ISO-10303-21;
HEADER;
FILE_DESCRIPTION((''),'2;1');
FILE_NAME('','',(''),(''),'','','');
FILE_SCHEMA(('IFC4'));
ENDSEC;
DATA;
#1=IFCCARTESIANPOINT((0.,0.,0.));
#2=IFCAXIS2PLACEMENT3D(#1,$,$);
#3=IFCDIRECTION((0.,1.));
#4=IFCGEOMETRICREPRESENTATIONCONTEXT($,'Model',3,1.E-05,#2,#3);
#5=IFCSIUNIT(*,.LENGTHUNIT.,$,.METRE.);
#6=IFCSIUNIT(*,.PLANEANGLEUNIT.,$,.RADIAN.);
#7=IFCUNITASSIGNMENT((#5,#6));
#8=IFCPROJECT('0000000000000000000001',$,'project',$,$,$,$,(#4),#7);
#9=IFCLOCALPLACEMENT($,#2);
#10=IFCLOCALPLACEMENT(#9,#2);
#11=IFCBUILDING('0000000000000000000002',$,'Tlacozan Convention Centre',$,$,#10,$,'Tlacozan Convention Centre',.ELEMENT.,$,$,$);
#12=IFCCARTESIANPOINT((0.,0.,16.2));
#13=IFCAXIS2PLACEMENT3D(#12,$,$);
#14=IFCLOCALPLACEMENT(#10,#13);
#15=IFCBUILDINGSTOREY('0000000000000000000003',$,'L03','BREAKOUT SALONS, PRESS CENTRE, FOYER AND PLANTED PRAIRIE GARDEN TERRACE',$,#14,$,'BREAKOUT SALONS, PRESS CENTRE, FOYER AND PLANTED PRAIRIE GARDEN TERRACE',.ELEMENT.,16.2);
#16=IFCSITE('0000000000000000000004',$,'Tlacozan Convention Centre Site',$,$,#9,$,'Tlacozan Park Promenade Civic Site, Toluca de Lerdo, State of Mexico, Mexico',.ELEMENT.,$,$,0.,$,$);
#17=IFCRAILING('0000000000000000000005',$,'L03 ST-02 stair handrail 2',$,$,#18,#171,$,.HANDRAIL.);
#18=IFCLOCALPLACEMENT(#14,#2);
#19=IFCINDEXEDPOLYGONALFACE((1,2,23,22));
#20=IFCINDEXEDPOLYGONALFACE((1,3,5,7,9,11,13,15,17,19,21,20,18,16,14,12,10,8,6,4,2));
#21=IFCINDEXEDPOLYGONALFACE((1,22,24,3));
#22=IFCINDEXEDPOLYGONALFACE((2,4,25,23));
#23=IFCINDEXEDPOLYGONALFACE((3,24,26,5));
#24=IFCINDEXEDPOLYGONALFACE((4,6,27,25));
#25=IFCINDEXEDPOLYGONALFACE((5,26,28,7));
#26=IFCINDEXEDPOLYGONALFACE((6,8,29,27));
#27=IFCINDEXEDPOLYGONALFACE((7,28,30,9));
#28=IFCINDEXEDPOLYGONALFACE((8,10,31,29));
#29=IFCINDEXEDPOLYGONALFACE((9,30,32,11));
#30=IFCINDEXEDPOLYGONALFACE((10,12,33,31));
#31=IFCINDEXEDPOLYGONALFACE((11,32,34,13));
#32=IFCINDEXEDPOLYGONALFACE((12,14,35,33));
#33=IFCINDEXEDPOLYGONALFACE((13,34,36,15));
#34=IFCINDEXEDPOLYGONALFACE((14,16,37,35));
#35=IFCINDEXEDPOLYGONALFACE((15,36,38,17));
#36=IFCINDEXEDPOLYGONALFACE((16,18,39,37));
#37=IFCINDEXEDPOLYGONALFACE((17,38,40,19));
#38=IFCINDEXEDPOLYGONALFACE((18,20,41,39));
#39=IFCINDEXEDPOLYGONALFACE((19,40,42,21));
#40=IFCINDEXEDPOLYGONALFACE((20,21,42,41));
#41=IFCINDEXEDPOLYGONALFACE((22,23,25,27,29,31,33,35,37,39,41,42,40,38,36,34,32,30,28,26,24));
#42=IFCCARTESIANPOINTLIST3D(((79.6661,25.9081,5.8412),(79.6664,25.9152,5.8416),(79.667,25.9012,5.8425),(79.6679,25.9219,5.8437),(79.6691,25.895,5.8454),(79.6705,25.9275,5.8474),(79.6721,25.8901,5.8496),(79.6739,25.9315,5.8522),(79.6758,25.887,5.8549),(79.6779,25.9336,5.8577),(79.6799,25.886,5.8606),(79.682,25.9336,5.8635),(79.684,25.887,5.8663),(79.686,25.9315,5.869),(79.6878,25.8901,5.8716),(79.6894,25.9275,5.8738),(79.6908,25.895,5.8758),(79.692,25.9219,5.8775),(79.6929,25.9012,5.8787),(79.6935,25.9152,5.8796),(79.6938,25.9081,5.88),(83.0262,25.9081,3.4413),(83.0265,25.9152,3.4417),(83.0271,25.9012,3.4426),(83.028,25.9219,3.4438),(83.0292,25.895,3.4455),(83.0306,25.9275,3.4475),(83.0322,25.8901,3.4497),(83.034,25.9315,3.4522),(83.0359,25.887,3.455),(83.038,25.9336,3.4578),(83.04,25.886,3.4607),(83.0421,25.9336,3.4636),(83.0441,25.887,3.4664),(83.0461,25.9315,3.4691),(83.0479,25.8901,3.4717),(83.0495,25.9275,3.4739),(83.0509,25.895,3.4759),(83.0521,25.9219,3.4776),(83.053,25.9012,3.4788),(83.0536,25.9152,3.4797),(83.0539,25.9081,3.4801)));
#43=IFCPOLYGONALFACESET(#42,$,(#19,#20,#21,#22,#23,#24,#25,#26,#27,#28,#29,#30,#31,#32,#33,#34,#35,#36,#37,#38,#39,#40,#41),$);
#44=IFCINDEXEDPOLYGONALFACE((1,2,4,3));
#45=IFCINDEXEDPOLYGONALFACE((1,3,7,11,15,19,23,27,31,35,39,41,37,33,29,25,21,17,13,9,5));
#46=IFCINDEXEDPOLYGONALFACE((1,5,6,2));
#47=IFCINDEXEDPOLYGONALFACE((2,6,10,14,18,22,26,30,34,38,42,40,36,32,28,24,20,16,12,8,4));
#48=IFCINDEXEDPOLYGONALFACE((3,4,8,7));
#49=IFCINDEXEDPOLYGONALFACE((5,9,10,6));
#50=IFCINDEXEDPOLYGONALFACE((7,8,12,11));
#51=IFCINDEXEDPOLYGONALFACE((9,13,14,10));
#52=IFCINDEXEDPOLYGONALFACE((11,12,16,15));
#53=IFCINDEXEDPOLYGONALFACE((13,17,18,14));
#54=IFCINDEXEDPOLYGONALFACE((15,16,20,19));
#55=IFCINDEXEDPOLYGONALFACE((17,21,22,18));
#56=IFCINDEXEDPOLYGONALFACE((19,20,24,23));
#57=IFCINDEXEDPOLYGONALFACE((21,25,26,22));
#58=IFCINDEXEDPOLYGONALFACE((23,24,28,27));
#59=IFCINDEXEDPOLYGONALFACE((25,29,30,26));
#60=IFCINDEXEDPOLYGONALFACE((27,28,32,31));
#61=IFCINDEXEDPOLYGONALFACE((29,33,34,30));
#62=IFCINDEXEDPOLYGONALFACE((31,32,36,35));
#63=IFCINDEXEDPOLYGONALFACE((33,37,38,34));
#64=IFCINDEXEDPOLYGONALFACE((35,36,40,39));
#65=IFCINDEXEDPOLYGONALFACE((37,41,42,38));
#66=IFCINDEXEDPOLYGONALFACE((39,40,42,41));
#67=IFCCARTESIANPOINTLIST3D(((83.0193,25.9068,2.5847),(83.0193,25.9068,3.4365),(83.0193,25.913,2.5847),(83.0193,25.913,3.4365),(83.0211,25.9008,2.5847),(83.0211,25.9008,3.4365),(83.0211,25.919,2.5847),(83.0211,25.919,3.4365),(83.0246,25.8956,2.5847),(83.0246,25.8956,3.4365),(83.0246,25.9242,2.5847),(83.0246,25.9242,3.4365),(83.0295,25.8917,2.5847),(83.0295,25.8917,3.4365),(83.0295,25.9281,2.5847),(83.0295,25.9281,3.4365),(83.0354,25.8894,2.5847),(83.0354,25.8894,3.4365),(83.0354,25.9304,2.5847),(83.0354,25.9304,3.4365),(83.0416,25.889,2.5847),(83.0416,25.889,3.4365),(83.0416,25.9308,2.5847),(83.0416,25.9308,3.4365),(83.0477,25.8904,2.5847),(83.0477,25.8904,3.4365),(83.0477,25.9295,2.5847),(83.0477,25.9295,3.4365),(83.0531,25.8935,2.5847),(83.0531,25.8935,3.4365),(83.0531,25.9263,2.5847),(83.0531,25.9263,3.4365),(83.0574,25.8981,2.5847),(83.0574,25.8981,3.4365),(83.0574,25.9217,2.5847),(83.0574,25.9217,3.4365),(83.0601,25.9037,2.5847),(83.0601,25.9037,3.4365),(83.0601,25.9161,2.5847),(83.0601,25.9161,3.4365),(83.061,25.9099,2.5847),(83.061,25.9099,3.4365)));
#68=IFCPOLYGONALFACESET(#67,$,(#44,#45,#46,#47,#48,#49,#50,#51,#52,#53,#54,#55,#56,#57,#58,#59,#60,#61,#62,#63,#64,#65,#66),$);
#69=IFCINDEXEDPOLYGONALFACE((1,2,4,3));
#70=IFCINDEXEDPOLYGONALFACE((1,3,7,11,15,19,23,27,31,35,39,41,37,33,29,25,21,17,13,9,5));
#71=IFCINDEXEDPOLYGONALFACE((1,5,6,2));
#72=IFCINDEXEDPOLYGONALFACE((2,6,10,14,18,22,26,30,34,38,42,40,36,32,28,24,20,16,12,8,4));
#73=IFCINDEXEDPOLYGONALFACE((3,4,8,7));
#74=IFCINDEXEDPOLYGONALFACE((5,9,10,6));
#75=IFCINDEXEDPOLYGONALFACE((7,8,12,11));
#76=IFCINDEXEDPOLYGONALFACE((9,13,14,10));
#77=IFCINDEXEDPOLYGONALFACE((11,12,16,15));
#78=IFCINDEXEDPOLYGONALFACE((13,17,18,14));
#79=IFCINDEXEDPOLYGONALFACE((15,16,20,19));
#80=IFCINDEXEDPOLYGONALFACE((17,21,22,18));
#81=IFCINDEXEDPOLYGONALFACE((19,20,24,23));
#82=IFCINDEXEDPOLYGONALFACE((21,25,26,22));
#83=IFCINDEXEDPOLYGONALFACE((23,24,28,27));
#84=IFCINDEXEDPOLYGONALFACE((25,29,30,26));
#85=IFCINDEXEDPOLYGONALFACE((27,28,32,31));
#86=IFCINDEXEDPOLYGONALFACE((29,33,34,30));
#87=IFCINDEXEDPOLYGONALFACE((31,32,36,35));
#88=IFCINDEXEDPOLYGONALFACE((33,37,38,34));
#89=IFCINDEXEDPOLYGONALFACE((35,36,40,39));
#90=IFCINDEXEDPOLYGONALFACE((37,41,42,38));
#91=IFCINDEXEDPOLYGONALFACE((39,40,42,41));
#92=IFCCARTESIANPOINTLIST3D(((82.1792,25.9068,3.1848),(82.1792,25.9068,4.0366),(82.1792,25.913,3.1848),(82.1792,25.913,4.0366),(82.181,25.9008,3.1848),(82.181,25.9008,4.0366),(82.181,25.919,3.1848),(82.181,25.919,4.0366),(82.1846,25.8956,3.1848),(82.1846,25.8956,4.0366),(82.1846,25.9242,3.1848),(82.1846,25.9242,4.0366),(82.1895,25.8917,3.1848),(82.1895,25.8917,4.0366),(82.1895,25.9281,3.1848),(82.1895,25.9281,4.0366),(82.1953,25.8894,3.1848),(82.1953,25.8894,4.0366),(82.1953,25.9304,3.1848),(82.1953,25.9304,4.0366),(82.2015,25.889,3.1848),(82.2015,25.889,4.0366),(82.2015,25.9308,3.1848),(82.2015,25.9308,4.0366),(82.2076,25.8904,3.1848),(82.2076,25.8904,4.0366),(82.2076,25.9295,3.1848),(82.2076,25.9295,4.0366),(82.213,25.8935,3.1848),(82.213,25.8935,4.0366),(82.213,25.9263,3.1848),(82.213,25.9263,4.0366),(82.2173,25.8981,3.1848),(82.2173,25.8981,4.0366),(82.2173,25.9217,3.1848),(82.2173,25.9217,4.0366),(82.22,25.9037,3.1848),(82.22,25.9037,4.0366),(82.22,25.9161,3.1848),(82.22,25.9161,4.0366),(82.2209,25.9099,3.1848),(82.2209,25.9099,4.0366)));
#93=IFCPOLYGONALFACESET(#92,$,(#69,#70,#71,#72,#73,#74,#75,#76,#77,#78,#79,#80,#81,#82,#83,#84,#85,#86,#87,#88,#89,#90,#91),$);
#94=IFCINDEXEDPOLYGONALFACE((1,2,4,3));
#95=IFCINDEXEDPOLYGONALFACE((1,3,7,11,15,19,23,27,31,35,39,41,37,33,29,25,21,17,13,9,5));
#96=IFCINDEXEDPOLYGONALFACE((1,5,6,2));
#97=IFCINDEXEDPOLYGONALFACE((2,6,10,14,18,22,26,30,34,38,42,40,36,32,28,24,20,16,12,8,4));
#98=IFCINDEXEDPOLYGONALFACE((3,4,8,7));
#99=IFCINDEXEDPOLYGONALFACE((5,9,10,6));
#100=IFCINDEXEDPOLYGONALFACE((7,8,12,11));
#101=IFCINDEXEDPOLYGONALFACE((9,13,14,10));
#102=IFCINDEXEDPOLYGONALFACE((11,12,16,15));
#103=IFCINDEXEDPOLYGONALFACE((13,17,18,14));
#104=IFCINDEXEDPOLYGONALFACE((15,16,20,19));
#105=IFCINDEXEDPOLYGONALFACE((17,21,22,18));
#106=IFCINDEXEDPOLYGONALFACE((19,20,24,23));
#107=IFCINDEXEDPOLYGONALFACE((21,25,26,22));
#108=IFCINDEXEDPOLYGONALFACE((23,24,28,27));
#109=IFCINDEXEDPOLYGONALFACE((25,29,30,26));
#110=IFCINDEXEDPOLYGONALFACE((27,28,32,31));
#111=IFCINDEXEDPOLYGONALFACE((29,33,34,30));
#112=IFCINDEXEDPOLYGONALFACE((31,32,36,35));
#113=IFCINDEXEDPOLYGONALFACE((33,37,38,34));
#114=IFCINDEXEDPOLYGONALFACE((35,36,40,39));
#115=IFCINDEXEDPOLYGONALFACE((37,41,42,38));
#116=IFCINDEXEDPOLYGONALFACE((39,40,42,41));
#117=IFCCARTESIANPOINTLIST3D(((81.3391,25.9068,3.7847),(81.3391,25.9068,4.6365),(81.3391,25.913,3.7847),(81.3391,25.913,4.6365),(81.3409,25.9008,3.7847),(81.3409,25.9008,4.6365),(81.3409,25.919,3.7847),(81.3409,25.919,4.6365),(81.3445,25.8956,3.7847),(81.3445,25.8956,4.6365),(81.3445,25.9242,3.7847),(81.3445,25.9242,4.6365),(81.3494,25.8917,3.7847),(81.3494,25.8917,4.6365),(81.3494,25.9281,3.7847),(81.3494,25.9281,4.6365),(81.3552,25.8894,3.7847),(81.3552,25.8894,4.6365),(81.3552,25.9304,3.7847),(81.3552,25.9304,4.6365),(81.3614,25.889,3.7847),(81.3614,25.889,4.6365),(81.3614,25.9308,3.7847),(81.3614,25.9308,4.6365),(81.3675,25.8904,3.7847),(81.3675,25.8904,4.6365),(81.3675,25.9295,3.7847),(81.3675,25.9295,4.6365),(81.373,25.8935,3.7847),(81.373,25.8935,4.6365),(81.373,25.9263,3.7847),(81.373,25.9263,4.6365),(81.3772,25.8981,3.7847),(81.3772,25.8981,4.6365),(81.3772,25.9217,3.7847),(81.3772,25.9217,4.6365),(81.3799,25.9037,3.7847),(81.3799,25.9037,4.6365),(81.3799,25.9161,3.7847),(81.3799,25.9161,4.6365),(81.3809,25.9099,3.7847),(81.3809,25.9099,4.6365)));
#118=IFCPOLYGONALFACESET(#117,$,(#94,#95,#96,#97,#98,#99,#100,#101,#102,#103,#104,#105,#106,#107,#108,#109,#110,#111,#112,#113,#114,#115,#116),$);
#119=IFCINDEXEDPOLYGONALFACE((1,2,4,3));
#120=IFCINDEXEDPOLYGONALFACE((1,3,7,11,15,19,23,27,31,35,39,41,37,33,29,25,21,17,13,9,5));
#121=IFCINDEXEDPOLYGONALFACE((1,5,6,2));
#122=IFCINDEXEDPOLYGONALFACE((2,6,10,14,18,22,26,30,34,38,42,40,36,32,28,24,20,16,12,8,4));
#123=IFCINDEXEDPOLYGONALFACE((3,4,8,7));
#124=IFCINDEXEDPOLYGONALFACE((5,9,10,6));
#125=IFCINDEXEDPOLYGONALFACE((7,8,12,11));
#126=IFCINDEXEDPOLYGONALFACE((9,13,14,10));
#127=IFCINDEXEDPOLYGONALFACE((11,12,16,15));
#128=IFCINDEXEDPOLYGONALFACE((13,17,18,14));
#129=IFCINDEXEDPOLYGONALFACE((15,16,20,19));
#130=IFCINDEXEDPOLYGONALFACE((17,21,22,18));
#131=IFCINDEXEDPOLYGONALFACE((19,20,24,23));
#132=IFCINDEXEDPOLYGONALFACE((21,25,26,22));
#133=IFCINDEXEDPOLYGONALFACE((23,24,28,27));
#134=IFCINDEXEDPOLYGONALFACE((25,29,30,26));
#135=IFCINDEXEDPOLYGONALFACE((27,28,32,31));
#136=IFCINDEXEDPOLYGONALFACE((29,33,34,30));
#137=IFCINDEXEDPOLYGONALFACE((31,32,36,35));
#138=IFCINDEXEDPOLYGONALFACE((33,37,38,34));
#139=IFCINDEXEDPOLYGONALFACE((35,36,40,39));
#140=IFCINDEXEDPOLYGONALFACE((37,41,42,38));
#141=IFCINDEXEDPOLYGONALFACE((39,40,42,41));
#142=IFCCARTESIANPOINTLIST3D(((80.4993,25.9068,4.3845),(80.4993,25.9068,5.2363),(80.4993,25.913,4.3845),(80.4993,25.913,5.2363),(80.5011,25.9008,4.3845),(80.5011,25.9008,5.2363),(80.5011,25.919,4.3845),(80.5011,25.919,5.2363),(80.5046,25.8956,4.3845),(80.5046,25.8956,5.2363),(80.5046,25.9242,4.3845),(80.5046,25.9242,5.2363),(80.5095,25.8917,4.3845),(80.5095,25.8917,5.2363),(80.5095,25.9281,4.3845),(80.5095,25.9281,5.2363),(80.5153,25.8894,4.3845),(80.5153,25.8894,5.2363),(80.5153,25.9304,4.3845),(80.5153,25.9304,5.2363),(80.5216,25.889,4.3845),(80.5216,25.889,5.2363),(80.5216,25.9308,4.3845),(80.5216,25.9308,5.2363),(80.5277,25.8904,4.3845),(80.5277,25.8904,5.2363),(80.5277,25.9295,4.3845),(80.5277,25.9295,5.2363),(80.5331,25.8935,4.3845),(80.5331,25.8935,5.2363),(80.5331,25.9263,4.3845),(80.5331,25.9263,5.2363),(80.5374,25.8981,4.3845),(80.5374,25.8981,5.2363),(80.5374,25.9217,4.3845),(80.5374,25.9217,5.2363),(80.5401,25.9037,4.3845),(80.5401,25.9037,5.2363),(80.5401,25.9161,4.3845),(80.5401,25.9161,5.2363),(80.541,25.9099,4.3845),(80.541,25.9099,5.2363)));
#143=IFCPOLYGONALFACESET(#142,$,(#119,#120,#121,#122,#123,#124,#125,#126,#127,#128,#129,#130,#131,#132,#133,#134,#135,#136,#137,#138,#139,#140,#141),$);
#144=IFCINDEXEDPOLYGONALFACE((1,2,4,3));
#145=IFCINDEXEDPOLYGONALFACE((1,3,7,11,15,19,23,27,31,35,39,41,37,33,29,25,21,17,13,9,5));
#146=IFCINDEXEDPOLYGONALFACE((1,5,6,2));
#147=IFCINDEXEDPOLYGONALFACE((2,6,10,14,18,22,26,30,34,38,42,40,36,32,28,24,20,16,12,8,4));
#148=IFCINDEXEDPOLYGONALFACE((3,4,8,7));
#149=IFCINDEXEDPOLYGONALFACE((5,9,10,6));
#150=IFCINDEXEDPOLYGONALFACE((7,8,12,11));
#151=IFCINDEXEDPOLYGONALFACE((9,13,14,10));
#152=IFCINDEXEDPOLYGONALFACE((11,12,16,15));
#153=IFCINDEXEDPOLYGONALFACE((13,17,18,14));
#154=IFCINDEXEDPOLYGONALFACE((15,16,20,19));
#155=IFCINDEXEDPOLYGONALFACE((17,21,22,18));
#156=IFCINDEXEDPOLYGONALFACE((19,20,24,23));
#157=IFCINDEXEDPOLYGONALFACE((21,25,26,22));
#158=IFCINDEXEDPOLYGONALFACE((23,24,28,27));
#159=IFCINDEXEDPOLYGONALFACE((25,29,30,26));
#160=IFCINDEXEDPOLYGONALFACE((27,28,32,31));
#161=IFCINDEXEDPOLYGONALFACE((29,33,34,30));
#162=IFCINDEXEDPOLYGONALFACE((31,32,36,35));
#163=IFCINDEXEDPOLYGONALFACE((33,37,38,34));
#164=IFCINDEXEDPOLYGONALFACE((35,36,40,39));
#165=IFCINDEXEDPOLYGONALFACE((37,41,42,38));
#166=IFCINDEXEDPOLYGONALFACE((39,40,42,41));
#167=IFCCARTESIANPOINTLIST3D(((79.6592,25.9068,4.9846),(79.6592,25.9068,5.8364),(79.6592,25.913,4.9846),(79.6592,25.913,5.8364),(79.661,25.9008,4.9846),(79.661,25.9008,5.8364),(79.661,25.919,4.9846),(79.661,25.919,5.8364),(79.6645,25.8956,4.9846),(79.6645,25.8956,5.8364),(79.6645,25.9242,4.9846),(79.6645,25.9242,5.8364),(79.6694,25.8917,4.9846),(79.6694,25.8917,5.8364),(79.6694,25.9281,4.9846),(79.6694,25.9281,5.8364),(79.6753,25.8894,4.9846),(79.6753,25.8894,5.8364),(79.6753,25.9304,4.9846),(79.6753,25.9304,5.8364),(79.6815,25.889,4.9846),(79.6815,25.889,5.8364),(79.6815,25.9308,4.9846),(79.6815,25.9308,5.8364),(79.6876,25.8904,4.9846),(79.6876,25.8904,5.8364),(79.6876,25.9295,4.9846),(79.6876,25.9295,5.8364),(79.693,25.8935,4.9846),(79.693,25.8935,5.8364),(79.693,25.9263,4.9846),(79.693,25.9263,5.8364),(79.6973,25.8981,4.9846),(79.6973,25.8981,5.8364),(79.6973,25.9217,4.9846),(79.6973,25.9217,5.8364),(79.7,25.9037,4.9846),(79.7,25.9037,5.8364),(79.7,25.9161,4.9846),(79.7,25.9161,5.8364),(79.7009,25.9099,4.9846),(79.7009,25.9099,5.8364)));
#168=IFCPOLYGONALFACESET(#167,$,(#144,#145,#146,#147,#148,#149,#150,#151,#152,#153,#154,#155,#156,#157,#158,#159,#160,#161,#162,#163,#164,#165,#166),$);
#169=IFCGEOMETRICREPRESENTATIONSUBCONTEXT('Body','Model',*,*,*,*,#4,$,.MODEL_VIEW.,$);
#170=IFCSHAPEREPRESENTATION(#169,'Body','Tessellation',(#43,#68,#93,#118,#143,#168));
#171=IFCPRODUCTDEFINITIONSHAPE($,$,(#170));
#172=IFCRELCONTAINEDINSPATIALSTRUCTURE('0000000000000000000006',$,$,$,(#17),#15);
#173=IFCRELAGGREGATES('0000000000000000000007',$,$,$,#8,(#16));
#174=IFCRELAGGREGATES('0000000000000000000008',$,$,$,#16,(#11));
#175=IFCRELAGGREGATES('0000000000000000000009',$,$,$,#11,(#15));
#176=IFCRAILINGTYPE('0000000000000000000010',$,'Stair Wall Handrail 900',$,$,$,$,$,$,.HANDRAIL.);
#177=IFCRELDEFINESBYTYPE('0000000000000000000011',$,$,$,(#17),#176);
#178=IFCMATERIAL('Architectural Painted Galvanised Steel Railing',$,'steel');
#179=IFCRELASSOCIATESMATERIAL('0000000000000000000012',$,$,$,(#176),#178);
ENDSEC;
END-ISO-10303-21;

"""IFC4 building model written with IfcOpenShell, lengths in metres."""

from ifc_helpers import new_model, si_unit, direction, frame, origin, origin_2d, place, context, subcontext, project, spatial, circle, extrude, material, type_object, element, save


model = new_model("IFC4")

# Units and contexts
model_context = context("Model", 3, precision=1e-05, world=origin(), true_north=direction((0.0, 1.0)))
body_context = subcontext(model_context, "Body", "Model", "MODEL_VIEW")
ifc_project = project(units=[si_unit("LENGTHUNIT", "METRE"), si_unit("PLANEANGLEUNIT", "RADIAN")], contexts=[model_context])

# Site, building, storey
site_placement = place(None, origin())
site = spatial("IfcSite", under=ifc_project, at=site_placement, Name="Tlacozan Convention Centre Site", LongName="Tlacozan Park Promenade Civic Site, Toluca de Lerdo, State of Mexico, Mexico", CompositionType="ELEMENT", RefElevation=0.0)
building_placement = place(site_placement, origin())
building = spatial("IfcBuilding", under=site, at=building_placement, Name="Tlacozan Convention Centre", LongName="Tlacozan Convention Centre", CompositionType="ELEMENT")
storey_placement = place(building_placement, frame((0.0, 0.0, 16.2)))
storey = spatial("IfcBuildingStorey", under=building, at=storey_placement, Name="L03", Description="BREAKOUT SALONS, PRESS CENTRE, FOYER AND PLANTED PRAIRIE GARDEN TERRACE", LongName="BREAKOUT SALONS, PRESS CENTRE, FOYER AND PLANTED PRAIRIE GARDEN TERRACE", CompositionType="ELEMENT", Elevation=16.2)

# Railing
ifc_material_1 = material(Name="Architectural Painted Galvanised Steel Railing", Category="steel")
railing_type_1 = type_object("IfcRailingType", Name="Stair Wall Handrail 900", PredefinedType="HANDRAIL", material=ifc_material_1)
railing_1_placement = place(storey_placement, frame((83.04, 25.9099, 2.5847)))
element("IfcRailing", 1, at=railing_1_placement, inside=storey, type_object=railing_type_1, Name="L03 ST-02 stair handrail 2", PredefinedType="HANDRAIL", context=body_context, shape_type="SweptSolid", body=[
    extrude(circle(Radius=0.0239, at=origin_2d()), frame((0.0, 0.0, 0.876), z_axis=(-0.813753, 0.0, 0.58121), x_axis=(0.0, -1.0, 0.0)), (0.0, 0.0, 1.0), 4.1292),
    extrude(circle(Radius=0.021, at=origin_2d()), origin(), (0.0, 0.0, 1.0), 0.8518),
    extrude(circle(Radius=0.021, at=origin_2d()), frame((-0.8401, 0.0, 0.6001)), (0.0, 0.0, 1.0), 0.8518),
    extrude(circle(Radius=0.021, at=origin_2d()), frame((-1.6802, 0.0, 1.2)), (0.0, 0.0, 1.0), 0.8518),
    extrude(circle(Radius=0.021, at=origin_2d()), frame((-2.52, 0.0, 1.7998)), (0.0, 0.0, 1.0), 0.8518),
    extrude(circle(Radius=0.021, at=origin_2d()), frame((-3.3601, 0.0, 2.3999)), (0.0, 0.0, 1.0), 0.8518),
])

save(model, "model.ifc")
